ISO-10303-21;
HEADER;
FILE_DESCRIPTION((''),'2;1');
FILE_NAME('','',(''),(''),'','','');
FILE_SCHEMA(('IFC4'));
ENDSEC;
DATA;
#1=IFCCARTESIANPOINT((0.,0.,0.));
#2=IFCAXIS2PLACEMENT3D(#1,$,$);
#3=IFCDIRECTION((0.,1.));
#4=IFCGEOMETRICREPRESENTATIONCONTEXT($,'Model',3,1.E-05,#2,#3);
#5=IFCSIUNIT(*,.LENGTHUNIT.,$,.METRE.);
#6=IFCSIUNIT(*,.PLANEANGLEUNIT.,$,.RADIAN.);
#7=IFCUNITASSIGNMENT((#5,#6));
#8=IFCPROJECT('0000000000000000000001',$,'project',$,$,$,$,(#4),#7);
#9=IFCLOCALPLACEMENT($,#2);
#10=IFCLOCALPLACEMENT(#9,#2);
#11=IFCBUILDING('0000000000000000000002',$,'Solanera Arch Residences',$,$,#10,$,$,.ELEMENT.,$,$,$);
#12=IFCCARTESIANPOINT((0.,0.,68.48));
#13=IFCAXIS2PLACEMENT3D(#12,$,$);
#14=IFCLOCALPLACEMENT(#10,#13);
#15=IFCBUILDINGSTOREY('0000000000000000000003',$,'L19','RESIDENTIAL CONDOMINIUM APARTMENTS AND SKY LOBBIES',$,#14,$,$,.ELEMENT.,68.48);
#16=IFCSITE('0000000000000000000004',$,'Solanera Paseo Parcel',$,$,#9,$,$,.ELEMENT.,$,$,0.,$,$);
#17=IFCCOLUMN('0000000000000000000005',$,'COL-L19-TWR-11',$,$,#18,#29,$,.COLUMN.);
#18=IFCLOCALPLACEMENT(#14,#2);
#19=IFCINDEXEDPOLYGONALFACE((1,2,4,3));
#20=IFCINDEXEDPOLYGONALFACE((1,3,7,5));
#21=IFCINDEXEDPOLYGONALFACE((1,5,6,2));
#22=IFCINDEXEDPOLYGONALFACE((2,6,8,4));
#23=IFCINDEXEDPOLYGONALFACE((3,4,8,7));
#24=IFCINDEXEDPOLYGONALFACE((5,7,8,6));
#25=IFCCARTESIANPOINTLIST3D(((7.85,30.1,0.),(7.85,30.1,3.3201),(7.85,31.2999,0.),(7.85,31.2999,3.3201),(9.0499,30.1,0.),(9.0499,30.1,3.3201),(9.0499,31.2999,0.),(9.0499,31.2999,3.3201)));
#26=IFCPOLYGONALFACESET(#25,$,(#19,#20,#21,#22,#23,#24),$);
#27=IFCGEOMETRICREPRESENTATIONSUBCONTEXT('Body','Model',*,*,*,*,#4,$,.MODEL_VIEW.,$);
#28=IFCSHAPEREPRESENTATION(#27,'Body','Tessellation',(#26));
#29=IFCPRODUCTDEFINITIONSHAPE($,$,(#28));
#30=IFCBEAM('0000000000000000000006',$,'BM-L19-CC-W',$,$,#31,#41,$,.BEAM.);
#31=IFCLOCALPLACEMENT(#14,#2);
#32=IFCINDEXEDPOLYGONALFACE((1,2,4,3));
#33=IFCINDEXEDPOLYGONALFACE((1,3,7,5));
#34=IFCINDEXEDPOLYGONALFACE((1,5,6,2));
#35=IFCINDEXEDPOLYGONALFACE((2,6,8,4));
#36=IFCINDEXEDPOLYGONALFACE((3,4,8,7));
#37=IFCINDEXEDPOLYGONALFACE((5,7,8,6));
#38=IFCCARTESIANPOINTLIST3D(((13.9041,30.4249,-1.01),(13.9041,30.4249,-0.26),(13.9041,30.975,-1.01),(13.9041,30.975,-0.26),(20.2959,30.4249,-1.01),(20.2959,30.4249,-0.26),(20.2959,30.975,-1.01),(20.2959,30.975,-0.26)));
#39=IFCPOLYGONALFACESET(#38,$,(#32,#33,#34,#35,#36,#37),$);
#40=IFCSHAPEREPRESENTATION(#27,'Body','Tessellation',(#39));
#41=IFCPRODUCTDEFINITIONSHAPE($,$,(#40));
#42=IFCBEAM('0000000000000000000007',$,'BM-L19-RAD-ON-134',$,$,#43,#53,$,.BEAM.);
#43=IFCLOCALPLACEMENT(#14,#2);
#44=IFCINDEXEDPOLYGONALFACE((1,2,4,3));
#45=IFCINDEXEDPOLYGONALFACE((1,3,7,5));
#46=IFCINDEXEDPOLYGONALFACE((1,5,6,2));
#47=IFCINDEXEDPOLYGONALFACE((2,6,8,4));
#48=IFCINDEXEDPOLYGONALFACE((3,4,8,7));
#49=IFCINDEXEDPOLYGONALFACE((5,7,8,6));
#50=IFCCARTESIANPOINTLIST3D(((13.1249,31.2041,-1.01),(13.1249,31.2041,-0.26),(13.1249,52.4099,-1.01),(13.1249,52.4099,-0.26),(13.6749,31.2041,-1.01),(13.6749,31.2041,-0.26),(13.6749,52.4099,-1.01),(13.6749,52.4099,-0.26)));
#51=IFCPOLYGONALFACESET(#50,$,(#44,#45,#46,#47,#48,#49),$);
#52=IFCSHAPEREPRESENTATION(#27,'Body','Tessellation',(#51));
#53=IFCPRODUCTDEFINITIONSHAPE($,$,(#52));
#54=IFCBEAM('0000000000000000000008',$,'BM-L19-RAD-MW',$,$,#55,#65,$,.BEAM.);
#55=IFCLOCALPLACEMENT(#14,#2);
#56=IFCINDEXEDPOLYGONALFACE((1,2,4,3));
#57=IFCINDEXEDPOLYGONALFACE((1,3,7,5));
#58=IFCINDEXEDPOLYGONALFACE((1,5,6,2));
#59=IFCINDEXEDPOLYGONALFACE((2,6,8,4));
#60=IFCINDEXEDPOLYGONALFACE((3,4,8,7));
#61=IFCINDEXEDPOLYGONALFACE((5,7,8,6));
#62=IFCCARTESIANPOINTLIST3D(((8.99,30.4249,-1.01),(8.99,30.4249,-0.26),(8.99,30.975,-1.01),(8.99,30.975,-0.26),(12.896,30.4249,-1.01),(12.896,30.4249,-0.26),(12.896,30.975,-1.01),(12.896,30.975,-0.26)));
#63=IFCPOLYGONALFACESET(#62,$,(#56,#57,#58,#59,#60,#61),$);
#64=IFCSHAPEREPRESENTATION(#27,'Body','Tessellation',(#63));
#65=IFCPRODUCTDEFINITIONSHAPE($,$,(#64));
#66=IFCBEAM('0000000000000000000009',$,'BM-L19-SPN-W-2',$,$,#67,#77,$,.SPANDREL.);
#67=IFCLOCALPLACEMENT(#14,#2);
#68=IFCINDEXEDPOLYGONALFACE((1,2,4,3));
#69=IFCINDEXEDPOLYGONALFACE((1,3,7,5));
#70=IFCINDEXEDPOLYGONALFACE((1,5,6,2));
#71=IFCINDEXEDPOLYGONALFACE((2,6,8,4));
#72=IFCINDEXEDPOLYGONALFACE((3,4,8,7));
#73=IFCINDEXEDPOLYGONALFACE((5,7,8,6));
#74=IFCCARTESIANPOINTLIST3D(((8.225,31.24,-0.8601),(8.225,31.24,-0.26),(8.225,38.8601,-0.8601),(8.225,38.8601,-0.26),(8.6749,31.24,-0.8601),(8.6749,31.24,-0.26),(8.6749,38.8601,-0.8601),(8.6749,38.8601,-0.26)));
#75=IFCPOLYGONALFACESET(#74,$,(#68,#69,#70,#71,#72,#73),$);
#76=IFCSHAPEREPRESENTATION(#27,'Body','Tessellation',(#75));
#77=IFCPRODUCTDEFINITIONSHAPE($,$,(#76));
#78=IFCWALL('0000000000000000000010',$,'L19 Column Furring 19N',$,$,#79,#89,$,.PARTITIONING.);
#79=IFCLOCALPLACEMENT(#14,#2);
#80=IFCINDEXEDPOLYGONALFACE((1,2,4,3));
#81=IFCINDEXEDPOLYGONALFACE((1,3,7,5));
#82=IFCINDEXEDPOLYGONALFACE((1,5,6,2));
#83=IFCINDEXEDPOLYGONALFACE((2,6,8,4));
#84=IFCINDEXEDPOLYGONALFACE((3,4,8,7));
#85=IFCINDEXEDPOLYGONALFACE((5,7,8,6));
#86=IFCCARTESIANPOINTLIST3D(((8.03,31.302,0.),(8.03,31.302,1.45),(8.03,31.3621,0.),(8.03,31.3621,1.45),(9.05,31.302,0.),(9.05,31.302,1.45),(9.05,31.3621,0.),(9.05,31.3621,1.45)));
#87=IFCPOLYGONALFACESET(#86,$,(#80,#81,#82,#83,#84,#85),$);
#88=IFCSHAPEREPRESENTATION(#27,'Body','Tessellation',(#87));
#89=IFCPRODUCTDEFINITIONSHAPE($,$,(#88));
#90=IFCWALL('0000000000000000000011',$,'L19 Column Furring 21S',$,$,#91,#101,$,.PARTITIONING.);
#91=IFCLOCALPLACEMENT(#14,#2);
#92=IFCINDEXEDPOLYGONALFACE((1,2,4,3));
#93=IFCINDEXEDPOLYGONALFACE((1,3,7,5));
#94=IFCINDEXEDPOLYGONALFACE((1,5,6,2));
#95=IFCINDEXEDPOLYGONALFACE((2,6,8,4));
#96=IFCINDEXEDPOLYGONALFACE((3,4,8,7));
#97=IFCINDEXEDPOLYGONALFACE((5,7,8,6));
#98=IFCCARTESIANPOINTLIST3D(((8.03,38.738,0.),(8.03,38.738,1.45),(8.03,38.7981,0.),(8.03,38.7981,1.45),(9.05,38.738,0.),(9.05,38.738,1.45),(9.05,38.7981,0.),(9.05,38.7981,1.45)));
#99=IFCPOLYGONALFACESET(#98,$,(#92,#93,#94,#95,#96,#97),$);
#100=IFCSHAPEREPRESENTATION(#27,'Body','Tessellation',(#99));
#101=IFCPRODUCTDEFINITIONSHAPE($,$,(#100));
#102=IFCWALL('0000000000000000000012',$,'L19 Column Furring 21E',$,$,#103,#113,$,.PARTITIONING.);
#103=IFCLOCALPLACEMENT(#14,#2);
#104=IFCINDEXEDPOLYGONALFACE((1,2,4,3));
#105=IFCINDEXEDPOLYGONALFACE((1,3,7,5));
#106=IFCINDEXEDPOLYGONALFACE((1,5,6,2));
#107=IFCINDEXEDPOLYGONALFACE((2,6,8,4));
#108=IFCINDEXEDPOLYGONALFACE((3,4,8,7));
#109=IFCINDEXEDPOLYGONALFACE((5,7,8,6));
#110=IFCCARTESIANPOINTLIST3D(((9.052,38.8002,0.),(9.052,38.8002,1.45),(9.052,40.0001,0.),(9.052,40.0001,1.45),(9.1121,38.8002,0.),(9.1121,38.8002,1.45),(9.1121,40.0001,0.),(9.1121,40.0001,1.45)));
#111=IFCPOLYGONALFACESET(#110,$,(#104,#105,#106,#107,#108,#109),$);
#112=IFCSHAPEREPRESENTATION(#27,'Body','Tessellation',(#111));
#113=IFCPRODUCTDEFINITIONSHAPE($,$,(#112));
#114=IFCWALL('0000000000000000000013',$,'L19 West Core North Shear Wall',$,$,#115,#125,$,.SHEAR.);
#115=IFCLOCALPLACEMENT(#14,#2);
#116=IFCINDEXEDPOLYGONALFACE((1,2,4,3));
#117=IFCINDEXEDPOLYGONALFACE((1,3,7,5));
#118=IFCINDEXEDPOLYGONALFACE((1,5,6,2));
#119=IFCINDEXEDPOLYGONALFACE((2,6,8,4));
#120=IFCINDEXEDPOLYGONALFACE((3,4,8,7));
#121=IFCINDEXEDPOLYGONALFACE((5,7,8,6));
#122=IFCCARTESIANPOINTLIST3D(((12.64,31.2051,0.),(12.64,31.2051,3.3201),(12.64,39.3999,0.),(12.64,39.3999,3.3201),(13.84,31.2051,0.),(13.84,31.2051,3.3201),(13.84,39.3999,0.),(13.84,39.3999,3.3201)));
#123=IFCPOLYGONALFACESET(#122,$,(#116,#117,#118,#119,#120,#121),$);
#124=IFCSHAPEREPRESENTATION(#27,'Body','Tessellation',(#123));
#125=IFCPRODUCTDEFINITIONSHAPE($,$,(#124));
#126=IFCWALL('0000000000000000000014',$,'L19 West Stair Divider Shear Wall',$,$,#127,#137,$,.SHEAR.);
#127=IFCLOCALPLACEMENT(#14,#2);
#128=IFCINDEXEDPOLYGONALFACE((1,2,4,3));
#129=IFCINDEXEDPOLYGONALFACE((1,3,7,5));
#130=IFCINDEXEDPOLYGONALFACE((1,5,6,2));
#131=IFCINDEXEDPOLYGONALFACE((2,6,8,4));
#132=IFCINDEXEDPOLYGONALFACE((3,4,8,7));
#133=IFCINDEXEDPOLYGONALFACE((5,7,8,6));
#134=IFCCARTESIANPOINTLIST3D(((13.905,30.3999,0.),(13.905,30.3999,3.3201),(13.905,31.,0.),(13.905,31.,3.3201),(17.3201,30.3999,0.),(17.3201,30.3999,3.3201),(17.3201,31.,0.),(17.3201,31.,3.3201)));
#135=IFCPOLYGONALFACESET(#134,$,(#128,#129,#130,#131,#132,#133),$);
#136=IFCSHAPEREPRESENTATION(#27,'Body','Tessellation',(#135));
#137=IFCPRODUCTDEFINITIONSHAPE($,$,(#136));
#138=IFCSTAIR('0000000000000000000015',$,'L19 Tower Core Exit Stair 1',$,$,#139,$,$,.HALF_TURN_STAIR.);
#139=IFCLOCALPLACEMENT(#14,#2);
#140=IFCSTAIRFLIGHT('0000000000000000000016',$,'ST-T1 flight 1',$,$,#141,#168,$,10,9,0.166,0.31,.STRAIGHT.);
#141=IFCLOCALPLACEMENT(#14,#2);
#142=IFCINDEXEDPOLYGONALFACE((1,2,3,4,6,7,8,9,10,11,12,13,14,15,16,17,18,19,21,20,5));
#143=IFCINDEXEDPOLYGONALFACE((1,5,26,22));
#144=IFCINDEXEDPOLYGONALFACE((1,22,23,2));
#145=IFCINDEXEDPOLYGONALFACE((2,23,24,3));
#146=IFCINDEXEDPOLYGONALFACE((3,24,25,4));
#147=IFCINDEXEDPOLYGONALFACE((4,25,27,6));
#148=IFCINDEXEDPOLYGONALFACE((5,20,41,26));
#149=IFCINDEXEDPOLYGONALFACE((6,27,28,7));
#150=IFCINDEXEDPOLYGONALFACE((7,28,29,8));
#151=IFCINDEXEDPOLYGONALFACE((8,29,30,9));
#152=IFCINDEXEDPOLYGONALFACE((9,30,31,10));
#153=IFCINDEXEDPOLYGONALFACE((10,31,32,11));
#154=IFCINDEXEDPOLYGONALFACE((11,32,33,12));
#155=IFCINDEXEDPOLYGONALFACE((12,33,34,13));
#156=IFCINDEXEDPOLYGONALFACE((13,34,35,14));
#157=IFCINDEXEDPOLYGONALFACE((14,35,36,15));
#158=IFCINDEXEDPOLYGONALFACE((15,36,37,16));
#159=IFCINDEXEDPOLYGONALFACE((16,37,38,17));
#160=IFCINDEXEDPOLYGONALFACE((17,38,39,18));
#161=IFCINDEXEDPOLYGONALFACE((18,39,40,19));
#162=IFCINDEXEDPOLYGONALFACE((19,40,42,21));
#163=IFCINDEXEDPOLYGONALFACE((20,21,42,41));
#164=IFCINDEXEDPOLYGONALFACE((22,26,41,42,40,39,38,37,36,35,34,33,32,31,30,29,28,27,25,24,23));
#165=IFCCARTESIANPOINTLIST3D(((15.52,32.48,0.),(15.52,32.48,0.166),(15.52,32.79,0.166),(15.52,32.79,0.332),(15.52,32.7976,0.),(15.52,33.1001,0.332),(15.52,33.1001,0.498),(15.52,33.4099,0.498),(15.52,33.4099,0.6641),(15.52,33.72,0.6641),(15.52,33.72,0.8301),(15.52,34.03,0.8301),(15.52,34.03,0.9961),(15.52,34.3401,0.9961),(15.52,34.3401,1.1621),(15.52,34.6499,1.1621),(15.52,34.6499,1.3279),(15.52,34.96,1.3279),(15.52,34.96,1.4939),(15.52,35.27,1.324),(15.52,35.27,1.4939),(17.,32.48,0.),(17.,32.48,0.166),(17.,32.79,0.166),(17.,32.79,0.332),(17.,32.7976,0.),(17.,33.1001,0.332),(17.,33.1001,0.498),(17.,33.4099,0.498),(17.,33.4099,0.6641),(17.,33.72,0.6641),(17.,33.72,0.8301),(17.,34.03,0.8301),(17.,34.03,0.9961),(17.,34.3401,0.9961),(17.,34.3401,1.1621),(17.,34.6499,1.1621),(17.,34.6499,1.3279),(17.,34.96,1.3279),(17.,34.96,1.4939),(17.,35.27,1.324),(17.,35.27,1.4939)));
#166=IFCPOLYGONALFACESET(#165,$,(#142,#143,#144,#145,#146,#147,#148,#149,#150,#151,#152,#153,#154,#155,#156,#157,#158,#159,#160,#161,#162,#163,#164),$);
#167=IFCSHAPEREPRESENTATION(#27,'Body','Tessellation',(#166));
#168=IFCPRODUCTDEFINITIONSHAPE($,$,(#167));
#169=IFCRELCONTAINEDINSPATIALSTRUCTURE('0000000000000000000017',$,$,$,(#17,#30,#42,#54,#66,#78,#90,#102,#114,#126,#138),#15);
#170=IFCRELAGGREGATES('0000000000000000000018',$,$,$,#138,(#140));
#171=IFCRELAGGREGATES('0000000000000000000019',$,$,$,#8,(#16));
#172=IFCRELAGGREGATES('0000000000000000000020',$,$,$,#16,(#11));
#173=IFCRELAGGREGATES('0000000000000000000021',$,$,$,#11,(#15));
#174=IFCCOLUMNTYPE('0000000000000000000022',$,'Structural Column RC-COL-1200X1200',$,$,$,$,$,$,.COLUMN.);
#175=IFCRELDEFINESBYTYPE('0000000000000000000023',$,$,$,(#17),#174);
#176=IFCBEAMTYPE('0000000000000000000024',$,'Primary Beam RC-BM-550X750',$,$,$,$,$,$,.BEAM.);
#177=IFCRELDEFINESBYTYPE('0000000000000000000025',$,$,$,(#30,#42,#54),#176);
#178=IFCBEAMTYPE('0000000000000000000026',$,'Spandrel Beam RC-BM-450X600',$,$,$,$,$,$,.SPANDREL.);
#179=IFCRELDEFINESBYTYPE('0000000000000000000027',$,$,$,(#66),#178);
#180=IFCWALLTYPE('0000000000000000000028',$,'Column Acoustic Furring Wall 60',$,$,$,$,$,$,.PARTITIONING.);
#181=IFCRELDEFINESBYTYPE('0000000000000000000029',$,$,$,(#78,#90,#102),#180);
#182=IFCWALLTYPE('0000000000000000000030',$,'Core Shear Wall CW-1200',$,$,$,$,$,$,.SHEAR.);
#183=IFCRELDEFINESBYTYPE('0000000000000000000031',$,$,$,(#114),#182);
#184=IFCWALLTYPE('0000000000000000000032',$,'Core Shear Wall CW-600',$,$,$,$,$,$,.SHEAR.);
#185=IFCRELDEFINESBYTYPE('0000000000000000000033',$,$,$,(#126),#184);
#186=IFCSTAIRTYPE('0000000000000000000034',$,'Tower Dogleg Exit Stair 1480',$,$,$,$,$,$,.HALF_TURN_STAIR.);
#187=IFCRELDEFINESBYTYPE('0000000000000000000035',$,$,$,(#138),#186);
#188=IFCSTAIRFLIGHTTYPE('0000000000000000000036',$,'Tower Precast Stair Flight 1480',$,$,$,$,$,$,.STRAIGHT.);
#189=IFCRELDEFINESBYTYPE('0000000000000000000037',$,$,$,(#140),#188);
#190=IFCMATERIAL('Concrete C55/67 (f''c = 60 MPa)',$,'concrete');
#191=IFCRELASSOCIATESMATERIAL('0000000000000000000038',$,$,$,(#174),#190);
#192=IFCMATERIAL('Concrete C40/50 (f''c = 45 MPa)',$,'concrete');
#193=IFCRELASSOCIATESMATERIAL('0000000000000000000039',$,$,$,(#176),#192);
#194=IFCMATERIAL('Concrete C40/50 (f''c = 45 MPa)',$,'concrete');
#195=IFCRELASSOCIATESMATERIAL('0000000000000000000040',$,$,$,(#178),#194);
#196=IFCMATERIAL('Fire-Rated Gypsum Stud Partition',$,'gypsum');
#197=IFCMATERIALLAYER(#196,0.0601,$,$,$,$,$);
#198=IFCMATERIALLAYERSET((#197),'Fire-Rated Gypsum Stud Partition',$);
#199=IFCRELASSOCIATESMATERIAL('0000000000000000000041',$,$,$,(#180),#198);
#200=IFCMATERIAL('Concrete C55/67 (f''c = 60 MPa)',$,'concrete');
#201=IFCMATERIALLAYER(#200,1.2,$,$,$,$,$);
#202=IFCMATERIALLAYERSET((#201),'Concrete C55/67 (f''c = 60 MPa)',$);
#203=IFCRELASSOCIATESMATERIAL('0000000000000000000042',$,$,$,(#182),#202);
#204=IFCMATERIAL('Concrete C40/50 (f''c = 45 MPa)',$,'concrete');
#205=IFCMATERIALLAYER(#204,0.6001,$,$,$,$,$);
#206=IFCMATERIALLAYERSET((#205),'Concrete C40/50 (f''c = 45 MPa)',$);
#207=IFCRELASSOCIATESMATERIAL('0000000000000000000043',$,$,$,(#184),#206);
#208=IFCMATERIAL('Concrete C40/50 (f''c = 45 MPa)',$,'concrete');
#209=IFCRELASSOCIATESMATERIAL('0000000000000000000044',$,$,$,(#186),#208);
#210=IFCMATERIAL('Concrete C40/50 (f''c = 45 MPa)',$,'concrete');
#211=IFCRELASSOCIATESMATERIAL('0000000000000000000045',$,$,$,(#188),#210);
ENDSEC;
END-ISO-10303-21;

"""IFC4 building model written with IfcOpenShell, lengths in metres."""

from ifc_helpers import new_model, si_unit, direction, frame, frame_2d, origin, origin_2d, place, context, subcontext, project, spatial, polyline, rectangle, outline, extrude, material, layer, layer_set, material_profile, profile_set, type_object, element, aggregate, save


model = new_model("IFC4")

# Units and contexts
model_context = context("Model", 3, precision=1e-05, world=origin(), true_north=direction((0.0, 1.0)))
body_context = subcontext(model_context, "Body", "Model", "MODEL_VIEW")
ifc_project = project(units=[si_unit("LENGTHUNIT", "METRE"), si_unit("PLANEANGLEUNIT", "RADIAN")], contexts=[model_context])

# Site, building, storey
site_placement = place(None, origin())
site = spatial("IfcSite", under=ifc_project, at=site_placement, Name="Solanera Paseo Parcel", CompositionType="ELEMENT", RefElevation=0.0)
building_placement = place(site_placement, origin())
building = spatial("IfcBuilding", under=site, at=building_placement, Name="Solanera Arch Residences", CompositionType="ELEMENT")
storey_placement = place(building_placement, frame((0.0, 0.0, 68.48)))
storey = spatial("IfcBuildingStorey", under=building, at=storey_placement, Name="L19", Description="RESIDENTIAL CONDOMINIUM APARTMENTS AND SKY LOBBIES", CompositionType="ELEMENT", Elevation=68.48)

# Column
ifc_material_1 = material(Name="Concrete C55/67 (f'c = 60 MPa)", Category="concrete")
ifc_material_profile_1 = material_profile(ifc_material_1, rectangle(XDim=1.2, YDim=1.2, at=origin_2d()))
ifc_profile_set_1 = profile_set([ifc_material_profile_1], Name="Concrete C55/67 (f'c = 60 MPa)")
column_type = type_object("IfcColumnType", Name="Structural Column RC-COL-1200X1200", PredefinedType="COLUMN", material=ifc_profile_set_1)
column_placement = place(storey_placement, frame((8.45, 30.7, 0.0), z_axis=(0.0, 0.0, 1.0), x_axis=(1.0, 0.0, 0.0)))
element("IfcColumn", 1, at=column_placement, inside=storey, type_object=column_type, Name="COL-L19-TWR-11", PredefinedType="COLUMN", context=body_context, shape_type="SweptSolid", body=[
    extrude(rectangle(XDim=1.2, YDim=1.2, at=origin_2d()), origin(), (0.0, 0.0, 1.0), 3.3201),
])

# Beams
ifc_material_2 = material(Name="Concrete C40/50 (f'c = 45 MPa)", Category="concrete")
ifc_material_profile_2 = material_profile(ifc_material_2, rectangle(XDim=0.55, YDim=0.75, at=origin_2d()))
ifc_profile_set_2 = profile_set([ifc_material_profile_2], Name="Concrete C40/50 (f'c = 45 MPa)")
beam_type_1 = type_object("IfcBeamType", Name="Primary Beam RC-BM-550X750", PredefinedType="BEAM", material=ifc_profile_set_2)
beam_1_placement = place(storey_placement, frame((13.9041, 30.7, -0.635), z_axis=(1.0, 0.0, 0.0), x_axis=(0.0, 1.0, 0.0)))
element("IfcBeam", 2, at=beam_1_placement, inside=storey, type_object=beam_type_1, Name="BM-L19-CC-W", PredefinedType="BEAM", context=body_context, shape_type="SweptSolid", body=[
    extrude(rectangle(XDim=0.55, YDim=0.75, at=origin_2d()), origin(), (0.0, 0.0, 1.0), 6.3918),
])
beam_2_placement = place(storey_placement, frame((13.3999, 31.2041, -0.635), z_axis=(0.0, 1.0, 0.0), x_axis=(-1.0, 0.0, 0.0)))
element("IfcBeam", 3, at=beam_2_placement, inside=storey, type_object=beam_type_1, Name="BM-L19-RAD-ON-134", PredefinedType="BEAM", context=body_context, shape_type="SweptSolid", body=[
    extrude(rectangle(XDim=0.55, YDim=0.75, at=origin_2d()), origin(), (0.0, 0.0, 1.0), 21.2058),
])
beam_3_placement = place(storey_placement, frame((8.99, 30.7, -0.635), z_axis=(1.0, 0.0, 0.0), x_axis=(0.0, 1.0, 0.0)))
element("IfcBeam", 4, at=beam_3_placement, inside=storey, type_object=beam_type_1, Name="BM-L19-RAD-MW", PredefinedType="BEAM", context=body_context, shape_type="SweptSolid", body=[
    extrude(rectangle(XDim=0.55, YDim=0.75, at=origin_2d()), origin(), (0.0, 0.0, 1.0), 3.906),
])
ifc_material_3 = material(Name="Concrete C40/50 (f'c = 45 MPa)", Category="concrete")
ifc_material_profile_3 = material_profile(ifc_material_3, rectangle(XDim=0.45, YDim=0.6001, at=origin_2d()))
ifc_profile_set_3 = profile_set([ifc_material_profile_3], Name="Concrete C40/50 (f'c = 45 MPa)")
beam_type_2 = type_object("IfcBeamType", Name="Spandrel Beam RC-BM-450X600", PredefinedType="SPANDREL", material=ifc_profile_set_3)
beam_4_placement = place(storey_placement, frame((8.45, 31.24, -0.5601), z_axis=(0.0, 1.0, 0.0), x_axis=(-1.0, 0.0, 0.0)))
element("IfcBeam", 5, at=beam_4_placement, inside=storey, type_object=beam_type_2, Name="BM-L19-SPN-W-2", PredefinedType="SPANDREL", context=body_context, shape_type="SweptSolid", body=[
    extrude(rectangle(XDim=0.45, YDim=0.6001, at=origin_2d()), origin(), (0.0, 0.0, 1.0), 7.6201),
])

# Walls
ifc_material_4 = material(Name="Fire-Rated Gypsum Stud Partition", Category="gypsum")
ifc_layer_1 = layer(ifc_material_4, 0.0601)
ifc_layer_set_1 = layer_set([ifc_layer_1], Name="Fire-Rated Gypsum Stud Partition")
wall_type_1 = type_object("IfcWallType", Name="Column Acoustic Furring Wall 60", PredefinedType="PARTITIONING", material=ifc_layer_set_1)
for number, where, z_axis, x_axis, name in (
    (6, (8.03, 31.332, 0.0), (0.0, 0.0, 1.0), (1.0, 0.0, 0.0), "L19 Column Furring 19N"),
    (7, (8.03, 38.7681, 0.0), (0.0, 0.0, 1.0), (1.0, 0.0, 0.0), "L19 Column Furring 21S"),
):
    element("IfcWall", number, at=place(storey_placement, frame(where, z_axis=z_axis, x_axis=x_axis)), inside=storey, type_object=wall_type_1, Name=name, PredefinedType="PARTITIONING", context=body_context, shape_type="SweptSolid", body=[
        extrude(rectangle(XDim=1.02, YDim=0.0601, at=frame_2d((0.51, 0.0))), origin(), (0.0, 0.0, 1.0), 1.45),
    ])
wall_1_placement = place(storey_placement, frame((9.082, 38.8, 0.0), z_axis=(0.0, 0.0, 1.0), x_axis=(0.0, 1.0, 0.0)))
element("IfcWall", 8, at=wall_1_placement, inside=storey, type_object=wall_type_1, Name="L19 Column Furring 21E", PredefinedType="PARTITIONING", context=body_context, shape_type="SweptSolid", body=[
    extrude(rectangle(XDim=1.2, YDim=0.0601, at=frame_2d((0.6001, 0.0))), origin(), (0.0, 0.0, 1.0), 1.45),
])
ifc_material_5 = material(Name="Concrete C55/67 (f'c = 60 MPa)", Category="concrete")
ifc_layer_2 = layer(ifc_material_5, 1.2)
ifc_layer_set_2 = layer_set([ifc_layer_2], Name="Concrete C55/67 (f'c = 60 MPa)")
wall_type_2 = type_object("IfcWallType", Name="Core Shear Wall CW-1200", PredefinedType="SHEAR", material=ifc_layer_set_2)
wall_2_placement = place(storey_placement, frame((13.24, 31.2051, 0.0), z_axis=(0.0, 0.0, 1.0), x_axis=(0.0, 1.0, 0.0)))
element("IfcWall", 9, at=wall_2_placement, inside=storey, type_object=wall_type_2, Name="L19 West Core North Shear Wall", PredefinedType="SHEAR", context=body_context, shape_type="SweptSolid", body=[
    extrude(rectangle(XDim=8.1948, YDim=1.2, at=frame_2d((4.0974, 0.0))), origin(), (0.0, 0.0, 1.0), 3.3201),
])
ifc_material_6 = material(Name="Concrete C40/50 (f'c = 45 MPa)", Category="concrete")
ifc_layer_3 = layer(ifc_material_6, 0.6001)
ifc_layer_set_3 = layer_set([ifc_layer_3], Name="Concrete C40/50 (f'c = 45 MPa)")
wall_type_3 = type_object("IfcWallType", Name="Core Shear Wall CW-600", PredefinedType="SHEAR", material=ifc_layer_set_3)
wall_3_placement = place(storey_placement, frame((13.905, 30.7, 0.0), z_axis=(0.0, 0.0, 1.0), x_axis=(1.0, 0.0, 0.0)))
element("IfcWall", 10, at=wall_3_placement, inside=storey, type_object=wall_type_3, Name="L19 West Stair Divider Shear Wall", PredefinedType="SHEAR", context=body_context, shape_type="SweptSolid", body=[
    extrude(rectangle(XDim=3.415, YDim=0.6001, at=frame_2d((1.7075, 0.0))), origin(), (0.0, 0.0, 1.0), 3.3201),
])

# Stair, stair flight
ifc_material_7 = material(Name="Concrete C40/50 (f'c = 45 MPa)", Category="concrete")
stair_type = type_object("IfcStairType", Name="Tower Dogleg Exit Stair 1480", PredefinedType="HALF_TURN_STAIR", material=ifc_material_7)
stair_placement = place(storey_placement, origin())
stair = element("IfcStair", 11, at=stair_placement, inside=storey, type_object=stair_type, Name="L19 Tower Core Exit Stair 1", PredefinedType="HALF_TURN_STAIR")
ifc_material_8 = material(Name="Concrete C40/50 (f'c = 45 MPa)", Category="concrete")
stair_flight_type = type_object("IfcStairFlightType", Name="Tower Precast Stair Flight 1480", PredefinedType="STRAIGHT", material=ifc_material_8)
stair_flight_1_placement = place(storey_placement, frame((16.26, 32.48, 0.0), z_axis=(0.0, 0.0, 1.0), x_axis=(0.0, 1.0, 0.0)))
stair_flight_1 = element("IfcStairFlight", 12, at=stair_flight_1_placement, type_object=stair_flight_type, Name="ST-T1 flight 1", NumberOfRisers=10, NumberOfTreads=9, PredefinedType="STRAIGHT", RiserHeight=0.166, TreadLength=0.31, context=body_context, shape_type="SweptSolid", body=[
    extrude(outline(polyline([(0.0, 0.0), (0.0, 0.166), (0.3101, 0.166), (0.3101, 0.332), (0.6201, 0.332), (0.6201, 0.498), (0.9299, 0.498), (0.9299, 0.6641), (1.24, 0.6641), (1.24, 0.8301), (1.55, 0.8301), (1.55, 0.9961), (1.8601, 0.9961), (1.8601, 1.1621), (2.1699, 1.1621), (2.1699, 1.3279), (2.48, 1.3279), (2.48, 1.4939), (2.79, 1.4939), (2.79, 1.6599), (2.79, 1.324), (0.3176, 0.0), (0.0, 0.0)])), frame((0.0, 0.74, 0.0), z_axis=(0.0, -1.0, 0.0), x_axis=(1.0, 0.0, 0.0)), (0.0, 0.0, 1.0), 1.48),
])
aggregate(stair, [stair_flight_1])

save(model, "model.ifc")
